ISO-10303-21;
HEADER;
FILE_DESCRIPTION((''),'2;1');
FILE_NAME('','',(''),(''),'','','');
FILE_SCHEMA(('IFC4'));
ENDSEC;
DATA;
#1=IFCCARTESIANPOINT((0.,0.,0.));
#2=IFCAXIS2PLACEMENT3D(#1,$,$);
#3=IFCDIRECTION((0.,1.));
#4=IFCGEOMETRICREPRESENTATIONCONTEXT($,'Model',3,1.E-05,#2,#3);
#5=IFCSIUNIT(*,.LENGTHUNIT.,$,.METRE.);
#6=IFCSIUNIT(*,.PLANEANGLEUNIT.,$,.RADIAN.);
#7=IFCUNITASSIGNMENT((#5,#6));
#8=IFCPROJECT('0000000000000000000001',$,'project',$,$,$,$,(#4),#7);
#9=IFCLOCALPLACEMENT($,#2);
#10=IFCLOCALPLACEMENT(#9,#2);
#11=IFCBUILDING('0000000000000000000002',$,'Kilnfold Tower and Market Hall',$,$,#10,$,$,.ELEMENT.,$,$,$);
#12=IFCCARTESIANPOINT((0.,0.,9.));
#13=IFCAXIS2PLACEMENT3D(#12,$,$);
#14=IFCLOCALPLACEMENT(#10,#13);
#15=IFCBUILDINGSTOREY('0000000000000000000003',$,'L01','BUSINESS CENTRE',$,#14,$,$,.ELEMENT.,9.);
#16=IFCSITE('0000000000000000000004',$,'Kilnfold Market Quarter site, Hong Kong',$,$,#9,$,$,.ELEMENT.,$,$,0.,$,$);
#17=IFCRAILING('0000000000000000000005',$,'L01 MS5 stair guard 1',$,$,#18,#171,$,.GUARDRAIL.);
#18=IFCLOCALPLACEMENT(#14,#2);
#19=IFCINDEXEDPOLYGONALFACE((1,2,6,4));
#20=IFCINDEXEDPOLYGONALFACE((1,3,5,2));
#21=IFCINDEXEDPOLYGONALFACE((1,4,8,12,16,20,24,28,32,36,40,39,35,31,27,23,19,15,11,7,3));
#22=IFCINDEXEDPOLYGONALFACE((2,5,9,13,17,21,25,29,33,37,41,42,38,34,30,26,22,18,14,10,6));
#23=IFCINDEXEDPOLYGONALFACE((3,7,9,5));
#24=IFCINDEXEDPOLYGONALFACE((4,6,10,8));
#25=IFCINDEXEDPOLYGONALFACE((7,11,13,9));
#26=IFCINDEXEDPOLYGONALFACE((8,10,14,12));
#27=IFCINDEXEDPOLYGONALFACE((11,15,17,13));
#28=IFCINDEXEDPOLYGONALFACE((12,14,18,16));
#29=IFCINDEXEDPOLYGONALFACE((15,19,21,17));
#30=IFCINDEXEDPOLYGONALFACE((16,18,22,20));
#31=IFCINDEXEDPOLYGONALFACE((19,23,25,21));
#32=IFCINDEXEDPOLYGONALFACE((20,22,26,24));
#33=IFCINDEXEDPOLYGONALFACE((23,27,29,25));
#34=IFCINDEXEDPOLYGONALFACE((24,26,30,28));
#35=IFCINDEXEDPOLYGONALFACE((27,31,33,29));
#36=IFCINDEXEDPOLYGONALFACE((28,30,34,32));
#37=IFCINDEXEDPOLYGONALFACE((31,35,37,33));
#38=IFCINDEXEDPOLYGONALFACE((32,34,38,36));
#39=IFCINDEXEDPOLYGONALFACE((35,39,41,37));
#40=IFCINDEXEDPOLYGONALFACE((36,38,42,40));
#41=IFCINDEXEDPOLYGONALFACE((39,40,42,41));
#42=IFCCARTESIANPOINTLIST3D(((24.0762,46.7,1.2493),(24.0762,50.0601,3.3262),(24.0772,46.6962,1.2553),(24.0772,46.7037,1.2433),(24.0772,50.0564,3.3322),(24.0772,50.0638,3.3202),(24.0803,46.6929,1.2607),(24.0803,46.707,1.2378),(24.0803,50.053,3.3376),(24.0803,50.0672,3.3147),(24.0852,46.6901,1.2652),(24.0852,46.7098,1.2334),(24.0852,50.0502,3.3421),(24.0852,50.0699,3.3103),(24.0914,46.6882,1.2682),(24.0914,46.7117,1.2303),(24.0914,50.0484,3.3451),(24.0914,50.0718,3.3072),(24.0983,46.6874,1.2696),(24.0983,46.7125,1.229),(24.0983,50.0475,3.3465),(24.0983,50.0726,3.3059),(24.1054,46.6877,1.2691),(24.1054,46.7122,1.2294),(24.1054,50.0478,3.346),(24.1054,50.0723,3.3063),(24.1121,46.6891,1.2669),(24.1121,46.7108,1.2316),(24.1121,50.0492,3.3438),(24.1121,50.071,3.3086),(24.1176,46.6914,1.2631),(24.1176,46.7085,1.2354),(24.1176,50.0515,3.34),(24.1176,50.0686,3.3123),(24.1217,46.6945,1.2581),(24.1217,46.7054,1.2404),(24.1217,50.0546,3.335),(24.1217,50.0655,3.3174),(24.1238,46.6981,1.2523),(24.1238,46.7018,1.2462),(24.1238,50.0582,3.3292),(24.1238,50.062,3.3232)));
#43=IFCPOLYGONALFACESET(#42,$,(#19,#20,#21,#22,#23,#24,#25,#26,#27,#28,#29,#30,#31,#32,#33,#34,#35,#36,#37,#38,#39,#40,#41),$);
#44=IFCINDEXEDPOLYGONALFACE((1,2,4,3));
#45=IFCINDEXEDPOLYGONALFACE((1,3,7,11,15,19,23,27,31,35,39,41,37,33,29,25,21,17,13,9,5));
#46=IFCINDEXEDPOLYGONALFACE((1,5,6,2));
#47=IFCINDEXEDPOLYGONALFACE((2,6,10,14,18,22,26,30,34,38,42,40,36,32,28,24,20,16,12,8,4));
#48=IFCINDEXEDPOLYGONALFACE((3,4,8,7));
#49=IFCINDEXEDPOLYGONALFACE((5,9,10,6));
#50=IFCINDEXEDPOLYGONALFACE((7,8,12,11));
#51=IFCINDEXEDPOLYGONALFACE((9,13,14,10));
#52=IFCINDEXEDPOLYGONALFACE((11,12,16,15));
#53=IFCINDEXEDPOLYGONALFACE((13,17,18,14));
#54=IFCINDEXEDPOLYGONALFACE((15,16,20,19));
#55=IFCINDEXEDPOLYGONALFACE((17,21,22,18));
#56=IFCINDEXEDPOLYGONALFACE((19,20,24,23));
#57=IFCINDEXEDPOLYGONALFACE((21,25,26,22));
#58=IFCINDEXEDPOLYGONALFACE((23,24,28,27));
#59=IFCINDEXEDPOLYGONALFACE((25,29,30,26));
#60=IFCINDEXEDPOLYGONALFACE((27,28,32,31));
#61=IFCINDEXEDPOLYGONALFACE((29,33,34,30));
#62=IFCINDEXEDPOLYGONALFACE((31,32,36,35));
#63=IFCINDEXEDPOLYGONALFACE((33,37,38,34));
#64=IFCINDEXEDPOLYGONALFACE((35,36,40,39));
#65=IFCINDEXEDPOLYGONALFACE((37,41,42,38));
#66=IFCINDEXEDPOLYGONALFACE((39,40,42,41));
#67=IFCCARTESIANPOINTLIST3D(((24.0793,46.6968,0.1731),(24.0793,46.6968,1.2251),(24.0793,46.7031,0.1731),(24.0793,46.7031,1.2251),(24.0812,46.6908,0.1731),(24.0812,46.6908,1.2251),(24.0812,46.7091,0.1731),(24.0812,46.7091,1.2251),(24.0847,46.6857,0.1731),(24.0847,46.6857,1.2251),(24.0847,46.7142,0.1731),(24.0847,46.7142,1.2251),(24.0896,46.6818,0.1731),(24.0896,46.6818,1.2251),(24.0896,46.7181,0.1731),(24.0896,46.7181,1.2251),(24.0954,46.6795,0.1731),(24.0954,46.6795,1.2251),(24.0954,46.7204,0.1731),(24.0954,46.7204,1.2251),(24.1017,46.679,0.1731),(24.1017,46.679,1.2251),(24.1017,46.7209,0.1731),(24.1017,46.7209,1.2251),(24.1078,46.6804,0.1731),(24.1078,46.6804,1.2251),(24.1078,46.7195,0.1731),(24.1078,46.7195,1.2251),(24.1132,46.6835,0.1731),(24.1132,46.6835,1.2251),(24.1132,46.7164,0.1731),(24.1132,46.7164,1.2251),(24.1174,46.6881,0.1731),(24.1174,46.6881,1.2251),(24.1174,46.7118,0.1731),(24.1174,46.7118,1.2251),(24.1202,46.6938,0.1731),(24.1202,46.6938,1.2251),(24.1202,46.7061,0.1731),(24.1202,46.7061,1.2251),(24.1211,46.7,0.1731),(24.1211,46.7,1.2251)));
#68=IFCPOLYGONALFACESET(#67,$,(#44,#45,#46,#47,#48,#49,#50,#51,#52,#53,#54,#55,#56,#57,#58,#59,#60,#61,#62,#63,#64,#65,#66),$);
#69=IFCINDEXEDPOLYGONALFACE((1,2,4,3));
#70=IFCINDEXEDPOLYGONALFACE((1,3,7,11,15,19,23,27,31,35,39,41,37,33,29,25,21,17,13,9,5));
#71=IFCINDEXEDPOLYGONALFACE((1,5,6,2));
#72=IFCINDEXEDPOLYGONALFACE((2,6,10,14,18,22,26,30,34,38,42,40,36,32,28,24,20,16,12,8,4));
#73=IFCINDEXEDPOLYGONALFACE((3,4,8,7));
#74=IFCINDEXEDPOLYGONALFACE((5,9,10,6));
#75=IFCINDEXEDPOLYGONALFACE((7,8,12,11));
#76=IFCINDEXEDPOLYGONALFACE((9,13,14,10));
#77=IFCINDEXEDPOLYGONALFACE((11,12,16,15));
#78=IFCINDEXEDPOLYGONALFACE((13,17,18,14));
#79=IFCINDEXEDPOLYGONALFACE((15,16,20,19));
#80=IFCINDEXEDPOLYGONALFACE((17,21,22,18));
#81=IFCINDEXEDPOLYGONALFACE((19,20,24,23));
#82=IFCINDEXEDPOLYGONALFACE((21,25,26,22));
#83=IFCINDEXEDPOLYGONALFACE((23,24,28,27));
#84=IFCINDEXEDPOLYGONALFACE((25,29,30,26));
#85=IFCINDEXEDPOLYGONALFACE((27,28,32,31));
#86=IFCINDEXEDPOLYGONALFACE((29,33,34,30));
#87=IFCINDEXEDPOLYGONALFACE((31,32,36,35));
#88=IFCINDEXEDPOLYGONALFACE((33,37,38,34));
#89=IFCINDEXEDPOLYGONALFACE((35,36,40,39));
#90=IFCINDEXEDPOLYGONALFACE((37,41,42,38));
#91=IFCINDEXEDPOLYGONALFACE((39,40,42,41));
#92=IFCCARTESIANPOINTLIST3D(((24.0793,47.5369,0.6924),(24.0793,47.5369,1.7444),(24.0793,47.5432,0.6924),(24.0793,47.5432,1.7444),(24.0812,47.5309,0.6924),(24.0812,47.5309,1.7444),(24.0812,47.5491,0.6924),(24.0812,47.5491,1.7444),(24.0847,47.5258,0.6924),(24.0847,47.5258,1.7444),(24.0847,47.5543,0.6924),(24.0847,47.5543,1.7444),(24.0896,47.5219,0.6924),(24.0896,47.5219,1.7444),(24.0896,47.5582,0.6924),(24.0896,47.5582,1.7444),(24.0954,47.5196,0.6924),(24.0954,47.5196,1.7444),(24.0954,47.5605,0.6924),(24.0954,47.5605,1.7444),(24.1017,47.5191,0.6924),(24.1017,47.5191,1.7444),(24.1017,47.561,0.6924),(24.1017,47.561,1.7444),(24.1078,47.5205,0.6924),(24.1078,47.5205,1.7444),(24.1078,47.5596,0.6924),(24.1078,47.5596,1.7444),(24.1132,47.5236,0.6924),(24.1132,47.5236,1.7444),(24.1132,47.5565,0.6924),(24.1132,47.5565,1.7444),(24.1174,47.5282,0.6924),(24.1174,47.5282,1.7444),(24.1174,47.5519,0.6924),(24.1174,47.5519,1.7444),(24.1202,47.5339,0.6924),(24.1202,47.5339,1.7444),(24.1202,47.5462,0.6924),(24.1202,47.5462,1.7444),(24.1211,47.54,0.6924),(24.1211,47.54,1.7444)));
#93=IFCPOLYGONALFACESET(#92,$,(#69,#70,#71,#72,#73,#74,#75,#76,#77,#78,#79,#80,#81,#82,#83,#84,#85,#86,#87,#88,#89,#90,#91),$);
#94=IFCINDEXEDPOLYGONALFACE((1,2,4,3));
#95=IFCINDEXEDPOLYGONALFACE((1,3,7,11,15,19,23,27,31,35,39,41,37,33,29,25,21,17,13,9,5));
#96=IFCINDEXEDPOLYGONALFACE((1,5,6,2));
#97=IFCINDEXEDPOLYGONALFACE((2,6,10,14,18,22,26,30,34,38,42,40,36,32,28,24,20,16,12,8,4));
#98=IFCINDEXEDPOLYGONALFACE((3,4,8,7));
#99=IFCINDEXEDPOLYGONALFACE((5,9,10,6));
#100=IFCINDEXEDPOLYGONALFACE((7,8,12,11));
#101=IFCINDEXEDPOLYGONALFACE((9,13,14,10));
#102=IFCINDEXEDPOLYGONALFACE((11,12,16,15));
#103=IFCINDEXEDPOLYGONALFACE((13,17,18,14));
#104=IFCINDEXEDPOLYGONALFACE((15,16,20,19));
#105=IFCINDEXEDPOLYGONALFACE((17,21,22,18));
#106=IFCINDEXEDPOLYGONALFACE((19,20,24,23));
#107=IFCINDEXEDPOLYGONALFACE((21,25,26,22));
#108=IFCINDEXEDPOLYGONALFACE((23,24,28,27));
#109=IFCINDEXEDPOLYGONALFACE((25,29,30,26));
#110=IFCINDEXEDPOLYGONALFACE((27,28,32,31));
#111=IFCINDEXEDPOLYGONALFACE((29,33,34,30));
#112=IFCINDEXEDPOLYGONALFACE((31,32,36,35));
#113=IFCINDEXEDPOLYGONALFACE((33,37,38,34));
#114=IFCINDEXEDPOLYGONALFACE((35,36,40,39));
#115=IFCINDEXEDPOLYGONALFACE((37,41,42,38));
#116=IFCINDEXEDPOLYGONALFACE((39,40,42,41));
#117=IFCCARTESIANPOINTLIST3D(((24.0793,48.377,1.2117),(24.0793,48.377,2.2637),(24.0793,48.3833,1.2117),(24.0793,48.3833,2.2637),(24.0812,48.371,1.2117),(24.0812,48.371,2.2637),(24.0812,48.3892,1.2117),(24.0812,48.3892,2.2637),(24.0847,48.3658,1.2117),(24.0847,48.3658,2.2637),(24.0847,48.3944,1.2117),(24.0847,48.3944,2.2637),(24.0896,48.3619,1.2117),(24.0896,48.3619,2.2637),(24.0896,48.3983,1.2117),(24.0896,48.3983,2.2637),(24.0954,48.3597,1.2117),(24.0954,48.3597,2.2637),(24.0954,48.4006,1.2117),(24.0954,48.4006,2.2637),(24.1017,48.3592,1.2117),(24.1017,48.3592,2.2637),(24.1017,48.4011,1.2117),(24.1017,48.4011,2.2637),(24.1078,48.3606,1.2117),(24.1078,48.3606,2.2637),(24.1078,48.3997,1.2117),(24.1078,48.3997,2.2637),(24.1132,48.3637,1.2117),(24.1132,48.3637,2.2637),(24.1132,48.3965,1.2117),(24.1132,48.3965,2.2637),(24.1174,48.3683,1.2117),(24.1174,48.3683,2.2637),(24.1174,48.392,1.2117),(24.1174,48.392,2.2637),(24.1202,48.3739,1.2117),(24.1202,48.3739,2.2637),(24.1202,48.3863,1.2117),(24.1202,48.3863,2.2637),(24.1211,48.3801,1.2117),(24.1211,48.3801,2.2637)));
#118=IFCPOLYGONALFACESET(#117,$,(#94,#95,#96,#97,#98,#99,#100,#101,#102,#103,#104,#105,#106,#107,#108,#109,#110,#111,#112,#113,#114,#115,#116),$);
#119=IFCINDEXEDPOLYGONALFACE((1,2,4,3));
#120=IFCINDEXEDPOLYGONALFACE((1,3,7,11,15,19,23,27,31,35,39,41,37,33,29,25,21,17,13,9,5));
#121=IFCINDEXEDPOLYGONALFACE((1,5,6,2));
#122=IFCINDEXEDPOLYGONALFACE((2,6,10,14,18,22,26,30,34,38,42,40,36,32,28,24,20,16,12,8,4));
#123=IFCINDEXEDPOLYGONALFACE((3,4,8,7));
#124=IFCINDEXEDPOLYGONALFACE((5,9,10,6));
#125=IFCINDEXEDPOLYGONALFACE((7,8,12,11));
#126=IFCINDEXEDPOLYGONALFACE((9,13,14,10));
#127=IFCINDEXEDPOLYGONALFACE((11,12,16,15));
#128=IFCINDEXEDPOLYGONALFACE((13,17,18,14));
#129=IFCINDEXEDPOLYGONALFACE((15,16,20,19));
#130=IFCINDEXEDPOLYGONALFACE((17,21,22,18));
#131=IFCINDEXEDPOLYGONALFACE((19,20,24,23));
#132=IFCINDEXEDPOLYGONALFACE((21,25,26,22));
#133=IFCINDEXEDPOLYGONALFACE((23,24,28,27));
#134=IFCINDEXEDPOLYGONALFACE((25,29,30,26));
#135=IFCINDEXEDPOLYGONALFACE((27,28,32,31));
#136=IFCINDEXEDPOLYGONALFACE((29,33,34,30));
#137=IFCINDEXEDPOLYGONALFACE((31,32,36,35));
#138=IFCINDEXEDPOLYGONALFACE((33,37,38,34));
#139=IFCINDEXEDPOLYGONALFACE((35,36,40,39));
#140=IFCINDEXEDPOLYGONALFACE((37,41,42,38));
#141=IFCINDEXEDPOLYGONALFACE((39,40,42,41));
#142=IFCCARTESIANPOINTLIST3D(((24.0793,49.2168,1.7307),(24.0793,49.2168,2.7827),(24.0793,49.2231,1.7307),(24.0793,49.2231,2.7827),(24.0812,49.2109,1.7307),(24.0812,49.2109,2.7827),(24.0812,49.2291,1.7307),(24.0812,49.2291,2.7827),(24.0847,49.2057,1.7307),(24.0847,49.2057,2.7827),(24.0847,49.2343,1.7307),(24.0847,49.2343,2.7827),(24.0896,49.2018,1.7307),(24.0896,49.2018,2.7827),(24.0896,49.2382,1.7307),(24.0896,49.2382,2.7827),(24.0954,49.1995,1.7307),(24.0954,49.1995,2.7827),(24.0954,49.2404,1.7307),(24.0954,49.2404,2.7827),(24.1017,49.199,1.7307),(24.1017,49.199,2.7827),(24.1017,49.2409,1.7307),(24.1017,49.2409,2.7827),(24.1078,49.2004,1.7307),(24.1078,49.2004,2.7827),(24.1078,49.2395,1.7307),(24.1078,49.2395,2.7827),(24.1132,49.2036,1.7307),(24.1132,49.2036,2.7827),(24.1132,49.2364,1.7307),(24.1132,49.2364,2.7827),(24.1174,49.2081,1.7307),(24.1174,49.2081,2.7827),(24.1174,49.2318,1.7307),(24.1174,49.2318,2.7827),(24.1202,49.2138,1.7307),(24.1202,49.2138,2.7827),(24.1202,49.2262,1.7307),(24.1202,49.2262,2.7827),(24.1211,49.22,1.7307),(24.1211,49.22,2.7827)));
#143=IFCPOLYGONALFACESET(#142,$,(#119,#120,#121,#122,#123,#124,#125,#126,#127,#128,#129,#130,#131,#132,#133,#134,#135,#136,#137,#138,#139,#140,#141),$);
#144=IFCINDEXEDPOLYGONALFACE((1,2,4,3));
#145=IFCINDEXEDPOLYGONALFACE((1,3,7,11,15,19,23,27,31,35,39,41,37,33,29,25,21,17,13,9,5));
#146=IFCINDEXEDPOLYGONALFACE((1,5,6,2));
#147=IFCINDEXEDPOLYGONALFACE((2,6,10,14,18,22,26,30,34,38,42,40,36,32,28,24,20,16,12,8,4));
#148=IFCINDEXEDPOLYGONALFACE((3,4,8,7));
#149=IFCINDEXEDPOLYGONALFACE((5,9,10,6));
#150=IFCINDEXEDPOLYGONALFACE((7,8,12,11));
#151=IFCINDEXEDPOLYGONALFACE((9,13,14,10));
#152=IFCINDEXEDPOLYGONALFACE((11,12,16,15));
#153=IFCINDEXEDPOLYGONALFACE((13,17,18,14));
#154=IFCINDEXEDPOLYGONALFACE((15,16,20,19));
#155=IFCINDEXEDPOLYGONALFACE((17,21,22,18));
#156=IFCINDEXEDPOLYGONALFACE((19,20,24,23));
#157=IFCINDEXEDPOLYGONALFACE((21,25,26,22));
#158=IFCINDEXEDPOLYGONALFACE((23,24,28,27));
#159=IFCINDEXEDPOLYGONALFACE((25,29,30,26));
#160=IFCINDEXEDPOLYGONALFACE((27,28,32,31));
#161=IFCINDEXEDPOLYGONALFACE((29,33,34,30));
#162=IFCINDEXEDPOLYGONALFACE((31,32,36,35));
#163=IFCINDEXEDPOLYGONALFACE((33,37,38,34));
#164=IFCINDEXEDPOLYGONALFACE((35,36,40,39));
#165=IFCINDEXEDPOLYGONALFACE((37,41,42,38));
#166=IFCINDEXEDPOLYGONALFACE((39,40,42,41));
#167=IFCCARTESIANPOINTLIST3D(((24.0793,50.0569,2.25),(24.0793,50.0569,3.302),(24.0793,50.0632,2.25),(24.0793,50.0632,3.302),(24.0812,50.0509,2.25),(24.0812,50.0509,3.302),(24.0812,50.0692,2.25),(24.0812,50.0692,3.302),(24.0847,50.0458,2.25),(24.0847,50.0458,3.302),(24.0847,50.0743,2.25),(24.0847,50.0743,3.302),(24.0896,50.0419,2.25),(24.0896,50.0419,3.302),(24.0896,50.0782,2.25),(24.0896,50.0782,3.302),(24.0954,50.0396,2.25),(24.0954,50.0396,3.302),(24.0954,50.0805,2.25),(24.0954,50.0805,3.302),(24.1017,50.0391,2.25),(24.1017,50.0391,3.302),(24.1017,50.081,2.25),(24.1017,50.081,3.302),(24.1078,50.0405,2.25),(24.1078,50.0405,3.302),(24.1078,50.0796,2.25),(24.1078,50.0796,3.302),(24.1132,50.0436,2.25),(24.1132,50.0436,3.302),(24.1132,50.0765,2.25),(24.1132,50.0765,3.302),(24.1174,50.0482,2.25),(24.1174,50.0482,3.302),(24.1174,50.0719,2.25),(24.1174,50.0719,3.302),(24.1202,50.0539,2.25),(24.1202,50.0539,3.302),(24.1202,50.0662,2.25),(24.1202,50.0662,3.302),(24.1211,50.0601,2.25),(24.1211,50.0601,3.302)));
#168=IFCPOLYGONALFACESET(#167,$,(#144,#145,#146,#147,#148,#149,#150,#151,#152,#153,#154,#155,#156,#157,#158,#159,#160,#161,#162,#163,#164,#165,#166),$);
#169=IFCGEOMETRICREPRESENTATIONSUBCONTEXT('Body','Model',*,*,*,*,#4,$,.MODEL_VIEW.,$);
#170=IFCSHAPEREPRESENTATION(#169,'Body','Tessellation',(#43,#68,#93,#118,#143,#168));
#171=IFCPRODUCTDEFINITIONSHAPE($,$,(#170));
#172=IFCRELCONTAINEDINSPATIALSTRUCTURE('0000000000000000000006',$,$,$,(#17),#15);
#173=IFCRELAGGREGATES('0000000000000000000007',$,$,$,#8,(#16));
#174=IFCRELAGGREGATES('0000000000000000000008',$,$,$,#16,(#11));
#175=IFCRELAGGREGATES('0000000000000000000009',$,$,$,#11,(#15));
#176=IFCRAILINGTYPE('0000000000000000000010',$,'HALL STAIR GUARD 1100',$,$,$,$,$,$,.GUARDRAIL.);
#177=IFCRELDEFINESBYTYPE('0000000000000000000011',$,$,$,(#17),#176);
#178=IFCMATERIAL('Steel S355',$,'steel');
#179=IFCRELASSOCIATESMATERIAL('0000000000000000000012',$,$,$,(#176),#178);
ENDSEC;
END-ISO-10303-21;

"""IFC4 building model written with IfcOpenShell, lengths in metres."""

from ifc_helpers import new_model, si_unit, direction, frame, origin, origin_2d, place, context, subcontext, project, spatial, circle, extrude, material, type_object, element, save


model = new_model("IFC4")

# Units and contexts
model_context = context("Model", 3, precision=1e-05, world=origin(), true_north=direction((0.0, 1.0)))
body_context = subcontext(model_context, "Body", "Model", "MODEL_VIEW")
ifc_project = project(units=[si_unit("LENGTHUNIT", "METRE"), si_unit("PLANEANGLEUNIT", "RADIAN")], contexts=[model_context])

# Site, building, storey
site_placement = place(None, origin())
site = spatial("IfcSite", under=ifc_project, at=site_placement, Name="Kilnfold Market Quarter site, Hong Kong", CompositionType="ELEMENT", RefElevation=0.0)
building_placement = place(site_placement, origin())
building = spatial("IfcBuilding", under=site, at=building_placement, Name="Kilnfold Tower and Market Hall", CompositionType="ELEMENT")
storey_placement = place(building_placement, frame((0.0, 0.0, 9.0)))
storey = spatial("IfcBuildingStorey", under=building, at=storey_placement, Name="L01", Description="BUSINESS CENTRE", CompositionType="ELEMENT", Elevation=9.0)

# Railing
ifc_material_1 = material(Name="Steel S355", Category="steel")
railing_type_1 = type_object("IfcRailingType", Name="HALL STAIR GUARD 1100", PredefinedType="GUARDRAIL", material=ifc_material_1)
railing_1_placement = place(storey_placement, frame((24.1001, 46.7, 0.1731)))
element("IfcRailing", 1, at=railing_1_placement, inside=storey, type_object=railing_type_1, Name="L01 MS5 stair guard 1", PredefinedType="GUARDRAIL", context=body_context, shape_type="SweptSolid", body=[
    extrude(circle(Radius=0.0239, at=origin_2d()), frame((0.0, 0.0, 1.0762), z_axis=(0.0, 0.850623, 0.525776), x_axis=(-1.0, 0.0, 0.0)), (0.0, 0.0, 1.0), 3.9502),
    extrude(circle(Radius=0.021, at=origin_2d()), origin(), (0.0, 0.0, 1.0), 1.052),
    extrude(circle(Radius=0.021, at=origin_2d()), frame((0.0, 0.8401, 0.5193)), (0.0, 0.0, 1.0), 1.052),
    extrude(circle(Radius=0.021, at=origin_2d()), frame((0.0, 1.6802, 1.0386)), (0.0, 0.0, 1.0), 1.052),
    extrude(circle(Radius=0.021, at=origin_2d()), frame((0.0, 2.52, 1.5576)), (0.0, 0.0, 1.0), 1.052),
    extrude(circle(Radius=0.021, at=origin_2d()), frame((0.0, 3.3601, 2.0769)), (0.0, 0.0, 1.0), 1.052),
])

save(model, "model.ifc")
